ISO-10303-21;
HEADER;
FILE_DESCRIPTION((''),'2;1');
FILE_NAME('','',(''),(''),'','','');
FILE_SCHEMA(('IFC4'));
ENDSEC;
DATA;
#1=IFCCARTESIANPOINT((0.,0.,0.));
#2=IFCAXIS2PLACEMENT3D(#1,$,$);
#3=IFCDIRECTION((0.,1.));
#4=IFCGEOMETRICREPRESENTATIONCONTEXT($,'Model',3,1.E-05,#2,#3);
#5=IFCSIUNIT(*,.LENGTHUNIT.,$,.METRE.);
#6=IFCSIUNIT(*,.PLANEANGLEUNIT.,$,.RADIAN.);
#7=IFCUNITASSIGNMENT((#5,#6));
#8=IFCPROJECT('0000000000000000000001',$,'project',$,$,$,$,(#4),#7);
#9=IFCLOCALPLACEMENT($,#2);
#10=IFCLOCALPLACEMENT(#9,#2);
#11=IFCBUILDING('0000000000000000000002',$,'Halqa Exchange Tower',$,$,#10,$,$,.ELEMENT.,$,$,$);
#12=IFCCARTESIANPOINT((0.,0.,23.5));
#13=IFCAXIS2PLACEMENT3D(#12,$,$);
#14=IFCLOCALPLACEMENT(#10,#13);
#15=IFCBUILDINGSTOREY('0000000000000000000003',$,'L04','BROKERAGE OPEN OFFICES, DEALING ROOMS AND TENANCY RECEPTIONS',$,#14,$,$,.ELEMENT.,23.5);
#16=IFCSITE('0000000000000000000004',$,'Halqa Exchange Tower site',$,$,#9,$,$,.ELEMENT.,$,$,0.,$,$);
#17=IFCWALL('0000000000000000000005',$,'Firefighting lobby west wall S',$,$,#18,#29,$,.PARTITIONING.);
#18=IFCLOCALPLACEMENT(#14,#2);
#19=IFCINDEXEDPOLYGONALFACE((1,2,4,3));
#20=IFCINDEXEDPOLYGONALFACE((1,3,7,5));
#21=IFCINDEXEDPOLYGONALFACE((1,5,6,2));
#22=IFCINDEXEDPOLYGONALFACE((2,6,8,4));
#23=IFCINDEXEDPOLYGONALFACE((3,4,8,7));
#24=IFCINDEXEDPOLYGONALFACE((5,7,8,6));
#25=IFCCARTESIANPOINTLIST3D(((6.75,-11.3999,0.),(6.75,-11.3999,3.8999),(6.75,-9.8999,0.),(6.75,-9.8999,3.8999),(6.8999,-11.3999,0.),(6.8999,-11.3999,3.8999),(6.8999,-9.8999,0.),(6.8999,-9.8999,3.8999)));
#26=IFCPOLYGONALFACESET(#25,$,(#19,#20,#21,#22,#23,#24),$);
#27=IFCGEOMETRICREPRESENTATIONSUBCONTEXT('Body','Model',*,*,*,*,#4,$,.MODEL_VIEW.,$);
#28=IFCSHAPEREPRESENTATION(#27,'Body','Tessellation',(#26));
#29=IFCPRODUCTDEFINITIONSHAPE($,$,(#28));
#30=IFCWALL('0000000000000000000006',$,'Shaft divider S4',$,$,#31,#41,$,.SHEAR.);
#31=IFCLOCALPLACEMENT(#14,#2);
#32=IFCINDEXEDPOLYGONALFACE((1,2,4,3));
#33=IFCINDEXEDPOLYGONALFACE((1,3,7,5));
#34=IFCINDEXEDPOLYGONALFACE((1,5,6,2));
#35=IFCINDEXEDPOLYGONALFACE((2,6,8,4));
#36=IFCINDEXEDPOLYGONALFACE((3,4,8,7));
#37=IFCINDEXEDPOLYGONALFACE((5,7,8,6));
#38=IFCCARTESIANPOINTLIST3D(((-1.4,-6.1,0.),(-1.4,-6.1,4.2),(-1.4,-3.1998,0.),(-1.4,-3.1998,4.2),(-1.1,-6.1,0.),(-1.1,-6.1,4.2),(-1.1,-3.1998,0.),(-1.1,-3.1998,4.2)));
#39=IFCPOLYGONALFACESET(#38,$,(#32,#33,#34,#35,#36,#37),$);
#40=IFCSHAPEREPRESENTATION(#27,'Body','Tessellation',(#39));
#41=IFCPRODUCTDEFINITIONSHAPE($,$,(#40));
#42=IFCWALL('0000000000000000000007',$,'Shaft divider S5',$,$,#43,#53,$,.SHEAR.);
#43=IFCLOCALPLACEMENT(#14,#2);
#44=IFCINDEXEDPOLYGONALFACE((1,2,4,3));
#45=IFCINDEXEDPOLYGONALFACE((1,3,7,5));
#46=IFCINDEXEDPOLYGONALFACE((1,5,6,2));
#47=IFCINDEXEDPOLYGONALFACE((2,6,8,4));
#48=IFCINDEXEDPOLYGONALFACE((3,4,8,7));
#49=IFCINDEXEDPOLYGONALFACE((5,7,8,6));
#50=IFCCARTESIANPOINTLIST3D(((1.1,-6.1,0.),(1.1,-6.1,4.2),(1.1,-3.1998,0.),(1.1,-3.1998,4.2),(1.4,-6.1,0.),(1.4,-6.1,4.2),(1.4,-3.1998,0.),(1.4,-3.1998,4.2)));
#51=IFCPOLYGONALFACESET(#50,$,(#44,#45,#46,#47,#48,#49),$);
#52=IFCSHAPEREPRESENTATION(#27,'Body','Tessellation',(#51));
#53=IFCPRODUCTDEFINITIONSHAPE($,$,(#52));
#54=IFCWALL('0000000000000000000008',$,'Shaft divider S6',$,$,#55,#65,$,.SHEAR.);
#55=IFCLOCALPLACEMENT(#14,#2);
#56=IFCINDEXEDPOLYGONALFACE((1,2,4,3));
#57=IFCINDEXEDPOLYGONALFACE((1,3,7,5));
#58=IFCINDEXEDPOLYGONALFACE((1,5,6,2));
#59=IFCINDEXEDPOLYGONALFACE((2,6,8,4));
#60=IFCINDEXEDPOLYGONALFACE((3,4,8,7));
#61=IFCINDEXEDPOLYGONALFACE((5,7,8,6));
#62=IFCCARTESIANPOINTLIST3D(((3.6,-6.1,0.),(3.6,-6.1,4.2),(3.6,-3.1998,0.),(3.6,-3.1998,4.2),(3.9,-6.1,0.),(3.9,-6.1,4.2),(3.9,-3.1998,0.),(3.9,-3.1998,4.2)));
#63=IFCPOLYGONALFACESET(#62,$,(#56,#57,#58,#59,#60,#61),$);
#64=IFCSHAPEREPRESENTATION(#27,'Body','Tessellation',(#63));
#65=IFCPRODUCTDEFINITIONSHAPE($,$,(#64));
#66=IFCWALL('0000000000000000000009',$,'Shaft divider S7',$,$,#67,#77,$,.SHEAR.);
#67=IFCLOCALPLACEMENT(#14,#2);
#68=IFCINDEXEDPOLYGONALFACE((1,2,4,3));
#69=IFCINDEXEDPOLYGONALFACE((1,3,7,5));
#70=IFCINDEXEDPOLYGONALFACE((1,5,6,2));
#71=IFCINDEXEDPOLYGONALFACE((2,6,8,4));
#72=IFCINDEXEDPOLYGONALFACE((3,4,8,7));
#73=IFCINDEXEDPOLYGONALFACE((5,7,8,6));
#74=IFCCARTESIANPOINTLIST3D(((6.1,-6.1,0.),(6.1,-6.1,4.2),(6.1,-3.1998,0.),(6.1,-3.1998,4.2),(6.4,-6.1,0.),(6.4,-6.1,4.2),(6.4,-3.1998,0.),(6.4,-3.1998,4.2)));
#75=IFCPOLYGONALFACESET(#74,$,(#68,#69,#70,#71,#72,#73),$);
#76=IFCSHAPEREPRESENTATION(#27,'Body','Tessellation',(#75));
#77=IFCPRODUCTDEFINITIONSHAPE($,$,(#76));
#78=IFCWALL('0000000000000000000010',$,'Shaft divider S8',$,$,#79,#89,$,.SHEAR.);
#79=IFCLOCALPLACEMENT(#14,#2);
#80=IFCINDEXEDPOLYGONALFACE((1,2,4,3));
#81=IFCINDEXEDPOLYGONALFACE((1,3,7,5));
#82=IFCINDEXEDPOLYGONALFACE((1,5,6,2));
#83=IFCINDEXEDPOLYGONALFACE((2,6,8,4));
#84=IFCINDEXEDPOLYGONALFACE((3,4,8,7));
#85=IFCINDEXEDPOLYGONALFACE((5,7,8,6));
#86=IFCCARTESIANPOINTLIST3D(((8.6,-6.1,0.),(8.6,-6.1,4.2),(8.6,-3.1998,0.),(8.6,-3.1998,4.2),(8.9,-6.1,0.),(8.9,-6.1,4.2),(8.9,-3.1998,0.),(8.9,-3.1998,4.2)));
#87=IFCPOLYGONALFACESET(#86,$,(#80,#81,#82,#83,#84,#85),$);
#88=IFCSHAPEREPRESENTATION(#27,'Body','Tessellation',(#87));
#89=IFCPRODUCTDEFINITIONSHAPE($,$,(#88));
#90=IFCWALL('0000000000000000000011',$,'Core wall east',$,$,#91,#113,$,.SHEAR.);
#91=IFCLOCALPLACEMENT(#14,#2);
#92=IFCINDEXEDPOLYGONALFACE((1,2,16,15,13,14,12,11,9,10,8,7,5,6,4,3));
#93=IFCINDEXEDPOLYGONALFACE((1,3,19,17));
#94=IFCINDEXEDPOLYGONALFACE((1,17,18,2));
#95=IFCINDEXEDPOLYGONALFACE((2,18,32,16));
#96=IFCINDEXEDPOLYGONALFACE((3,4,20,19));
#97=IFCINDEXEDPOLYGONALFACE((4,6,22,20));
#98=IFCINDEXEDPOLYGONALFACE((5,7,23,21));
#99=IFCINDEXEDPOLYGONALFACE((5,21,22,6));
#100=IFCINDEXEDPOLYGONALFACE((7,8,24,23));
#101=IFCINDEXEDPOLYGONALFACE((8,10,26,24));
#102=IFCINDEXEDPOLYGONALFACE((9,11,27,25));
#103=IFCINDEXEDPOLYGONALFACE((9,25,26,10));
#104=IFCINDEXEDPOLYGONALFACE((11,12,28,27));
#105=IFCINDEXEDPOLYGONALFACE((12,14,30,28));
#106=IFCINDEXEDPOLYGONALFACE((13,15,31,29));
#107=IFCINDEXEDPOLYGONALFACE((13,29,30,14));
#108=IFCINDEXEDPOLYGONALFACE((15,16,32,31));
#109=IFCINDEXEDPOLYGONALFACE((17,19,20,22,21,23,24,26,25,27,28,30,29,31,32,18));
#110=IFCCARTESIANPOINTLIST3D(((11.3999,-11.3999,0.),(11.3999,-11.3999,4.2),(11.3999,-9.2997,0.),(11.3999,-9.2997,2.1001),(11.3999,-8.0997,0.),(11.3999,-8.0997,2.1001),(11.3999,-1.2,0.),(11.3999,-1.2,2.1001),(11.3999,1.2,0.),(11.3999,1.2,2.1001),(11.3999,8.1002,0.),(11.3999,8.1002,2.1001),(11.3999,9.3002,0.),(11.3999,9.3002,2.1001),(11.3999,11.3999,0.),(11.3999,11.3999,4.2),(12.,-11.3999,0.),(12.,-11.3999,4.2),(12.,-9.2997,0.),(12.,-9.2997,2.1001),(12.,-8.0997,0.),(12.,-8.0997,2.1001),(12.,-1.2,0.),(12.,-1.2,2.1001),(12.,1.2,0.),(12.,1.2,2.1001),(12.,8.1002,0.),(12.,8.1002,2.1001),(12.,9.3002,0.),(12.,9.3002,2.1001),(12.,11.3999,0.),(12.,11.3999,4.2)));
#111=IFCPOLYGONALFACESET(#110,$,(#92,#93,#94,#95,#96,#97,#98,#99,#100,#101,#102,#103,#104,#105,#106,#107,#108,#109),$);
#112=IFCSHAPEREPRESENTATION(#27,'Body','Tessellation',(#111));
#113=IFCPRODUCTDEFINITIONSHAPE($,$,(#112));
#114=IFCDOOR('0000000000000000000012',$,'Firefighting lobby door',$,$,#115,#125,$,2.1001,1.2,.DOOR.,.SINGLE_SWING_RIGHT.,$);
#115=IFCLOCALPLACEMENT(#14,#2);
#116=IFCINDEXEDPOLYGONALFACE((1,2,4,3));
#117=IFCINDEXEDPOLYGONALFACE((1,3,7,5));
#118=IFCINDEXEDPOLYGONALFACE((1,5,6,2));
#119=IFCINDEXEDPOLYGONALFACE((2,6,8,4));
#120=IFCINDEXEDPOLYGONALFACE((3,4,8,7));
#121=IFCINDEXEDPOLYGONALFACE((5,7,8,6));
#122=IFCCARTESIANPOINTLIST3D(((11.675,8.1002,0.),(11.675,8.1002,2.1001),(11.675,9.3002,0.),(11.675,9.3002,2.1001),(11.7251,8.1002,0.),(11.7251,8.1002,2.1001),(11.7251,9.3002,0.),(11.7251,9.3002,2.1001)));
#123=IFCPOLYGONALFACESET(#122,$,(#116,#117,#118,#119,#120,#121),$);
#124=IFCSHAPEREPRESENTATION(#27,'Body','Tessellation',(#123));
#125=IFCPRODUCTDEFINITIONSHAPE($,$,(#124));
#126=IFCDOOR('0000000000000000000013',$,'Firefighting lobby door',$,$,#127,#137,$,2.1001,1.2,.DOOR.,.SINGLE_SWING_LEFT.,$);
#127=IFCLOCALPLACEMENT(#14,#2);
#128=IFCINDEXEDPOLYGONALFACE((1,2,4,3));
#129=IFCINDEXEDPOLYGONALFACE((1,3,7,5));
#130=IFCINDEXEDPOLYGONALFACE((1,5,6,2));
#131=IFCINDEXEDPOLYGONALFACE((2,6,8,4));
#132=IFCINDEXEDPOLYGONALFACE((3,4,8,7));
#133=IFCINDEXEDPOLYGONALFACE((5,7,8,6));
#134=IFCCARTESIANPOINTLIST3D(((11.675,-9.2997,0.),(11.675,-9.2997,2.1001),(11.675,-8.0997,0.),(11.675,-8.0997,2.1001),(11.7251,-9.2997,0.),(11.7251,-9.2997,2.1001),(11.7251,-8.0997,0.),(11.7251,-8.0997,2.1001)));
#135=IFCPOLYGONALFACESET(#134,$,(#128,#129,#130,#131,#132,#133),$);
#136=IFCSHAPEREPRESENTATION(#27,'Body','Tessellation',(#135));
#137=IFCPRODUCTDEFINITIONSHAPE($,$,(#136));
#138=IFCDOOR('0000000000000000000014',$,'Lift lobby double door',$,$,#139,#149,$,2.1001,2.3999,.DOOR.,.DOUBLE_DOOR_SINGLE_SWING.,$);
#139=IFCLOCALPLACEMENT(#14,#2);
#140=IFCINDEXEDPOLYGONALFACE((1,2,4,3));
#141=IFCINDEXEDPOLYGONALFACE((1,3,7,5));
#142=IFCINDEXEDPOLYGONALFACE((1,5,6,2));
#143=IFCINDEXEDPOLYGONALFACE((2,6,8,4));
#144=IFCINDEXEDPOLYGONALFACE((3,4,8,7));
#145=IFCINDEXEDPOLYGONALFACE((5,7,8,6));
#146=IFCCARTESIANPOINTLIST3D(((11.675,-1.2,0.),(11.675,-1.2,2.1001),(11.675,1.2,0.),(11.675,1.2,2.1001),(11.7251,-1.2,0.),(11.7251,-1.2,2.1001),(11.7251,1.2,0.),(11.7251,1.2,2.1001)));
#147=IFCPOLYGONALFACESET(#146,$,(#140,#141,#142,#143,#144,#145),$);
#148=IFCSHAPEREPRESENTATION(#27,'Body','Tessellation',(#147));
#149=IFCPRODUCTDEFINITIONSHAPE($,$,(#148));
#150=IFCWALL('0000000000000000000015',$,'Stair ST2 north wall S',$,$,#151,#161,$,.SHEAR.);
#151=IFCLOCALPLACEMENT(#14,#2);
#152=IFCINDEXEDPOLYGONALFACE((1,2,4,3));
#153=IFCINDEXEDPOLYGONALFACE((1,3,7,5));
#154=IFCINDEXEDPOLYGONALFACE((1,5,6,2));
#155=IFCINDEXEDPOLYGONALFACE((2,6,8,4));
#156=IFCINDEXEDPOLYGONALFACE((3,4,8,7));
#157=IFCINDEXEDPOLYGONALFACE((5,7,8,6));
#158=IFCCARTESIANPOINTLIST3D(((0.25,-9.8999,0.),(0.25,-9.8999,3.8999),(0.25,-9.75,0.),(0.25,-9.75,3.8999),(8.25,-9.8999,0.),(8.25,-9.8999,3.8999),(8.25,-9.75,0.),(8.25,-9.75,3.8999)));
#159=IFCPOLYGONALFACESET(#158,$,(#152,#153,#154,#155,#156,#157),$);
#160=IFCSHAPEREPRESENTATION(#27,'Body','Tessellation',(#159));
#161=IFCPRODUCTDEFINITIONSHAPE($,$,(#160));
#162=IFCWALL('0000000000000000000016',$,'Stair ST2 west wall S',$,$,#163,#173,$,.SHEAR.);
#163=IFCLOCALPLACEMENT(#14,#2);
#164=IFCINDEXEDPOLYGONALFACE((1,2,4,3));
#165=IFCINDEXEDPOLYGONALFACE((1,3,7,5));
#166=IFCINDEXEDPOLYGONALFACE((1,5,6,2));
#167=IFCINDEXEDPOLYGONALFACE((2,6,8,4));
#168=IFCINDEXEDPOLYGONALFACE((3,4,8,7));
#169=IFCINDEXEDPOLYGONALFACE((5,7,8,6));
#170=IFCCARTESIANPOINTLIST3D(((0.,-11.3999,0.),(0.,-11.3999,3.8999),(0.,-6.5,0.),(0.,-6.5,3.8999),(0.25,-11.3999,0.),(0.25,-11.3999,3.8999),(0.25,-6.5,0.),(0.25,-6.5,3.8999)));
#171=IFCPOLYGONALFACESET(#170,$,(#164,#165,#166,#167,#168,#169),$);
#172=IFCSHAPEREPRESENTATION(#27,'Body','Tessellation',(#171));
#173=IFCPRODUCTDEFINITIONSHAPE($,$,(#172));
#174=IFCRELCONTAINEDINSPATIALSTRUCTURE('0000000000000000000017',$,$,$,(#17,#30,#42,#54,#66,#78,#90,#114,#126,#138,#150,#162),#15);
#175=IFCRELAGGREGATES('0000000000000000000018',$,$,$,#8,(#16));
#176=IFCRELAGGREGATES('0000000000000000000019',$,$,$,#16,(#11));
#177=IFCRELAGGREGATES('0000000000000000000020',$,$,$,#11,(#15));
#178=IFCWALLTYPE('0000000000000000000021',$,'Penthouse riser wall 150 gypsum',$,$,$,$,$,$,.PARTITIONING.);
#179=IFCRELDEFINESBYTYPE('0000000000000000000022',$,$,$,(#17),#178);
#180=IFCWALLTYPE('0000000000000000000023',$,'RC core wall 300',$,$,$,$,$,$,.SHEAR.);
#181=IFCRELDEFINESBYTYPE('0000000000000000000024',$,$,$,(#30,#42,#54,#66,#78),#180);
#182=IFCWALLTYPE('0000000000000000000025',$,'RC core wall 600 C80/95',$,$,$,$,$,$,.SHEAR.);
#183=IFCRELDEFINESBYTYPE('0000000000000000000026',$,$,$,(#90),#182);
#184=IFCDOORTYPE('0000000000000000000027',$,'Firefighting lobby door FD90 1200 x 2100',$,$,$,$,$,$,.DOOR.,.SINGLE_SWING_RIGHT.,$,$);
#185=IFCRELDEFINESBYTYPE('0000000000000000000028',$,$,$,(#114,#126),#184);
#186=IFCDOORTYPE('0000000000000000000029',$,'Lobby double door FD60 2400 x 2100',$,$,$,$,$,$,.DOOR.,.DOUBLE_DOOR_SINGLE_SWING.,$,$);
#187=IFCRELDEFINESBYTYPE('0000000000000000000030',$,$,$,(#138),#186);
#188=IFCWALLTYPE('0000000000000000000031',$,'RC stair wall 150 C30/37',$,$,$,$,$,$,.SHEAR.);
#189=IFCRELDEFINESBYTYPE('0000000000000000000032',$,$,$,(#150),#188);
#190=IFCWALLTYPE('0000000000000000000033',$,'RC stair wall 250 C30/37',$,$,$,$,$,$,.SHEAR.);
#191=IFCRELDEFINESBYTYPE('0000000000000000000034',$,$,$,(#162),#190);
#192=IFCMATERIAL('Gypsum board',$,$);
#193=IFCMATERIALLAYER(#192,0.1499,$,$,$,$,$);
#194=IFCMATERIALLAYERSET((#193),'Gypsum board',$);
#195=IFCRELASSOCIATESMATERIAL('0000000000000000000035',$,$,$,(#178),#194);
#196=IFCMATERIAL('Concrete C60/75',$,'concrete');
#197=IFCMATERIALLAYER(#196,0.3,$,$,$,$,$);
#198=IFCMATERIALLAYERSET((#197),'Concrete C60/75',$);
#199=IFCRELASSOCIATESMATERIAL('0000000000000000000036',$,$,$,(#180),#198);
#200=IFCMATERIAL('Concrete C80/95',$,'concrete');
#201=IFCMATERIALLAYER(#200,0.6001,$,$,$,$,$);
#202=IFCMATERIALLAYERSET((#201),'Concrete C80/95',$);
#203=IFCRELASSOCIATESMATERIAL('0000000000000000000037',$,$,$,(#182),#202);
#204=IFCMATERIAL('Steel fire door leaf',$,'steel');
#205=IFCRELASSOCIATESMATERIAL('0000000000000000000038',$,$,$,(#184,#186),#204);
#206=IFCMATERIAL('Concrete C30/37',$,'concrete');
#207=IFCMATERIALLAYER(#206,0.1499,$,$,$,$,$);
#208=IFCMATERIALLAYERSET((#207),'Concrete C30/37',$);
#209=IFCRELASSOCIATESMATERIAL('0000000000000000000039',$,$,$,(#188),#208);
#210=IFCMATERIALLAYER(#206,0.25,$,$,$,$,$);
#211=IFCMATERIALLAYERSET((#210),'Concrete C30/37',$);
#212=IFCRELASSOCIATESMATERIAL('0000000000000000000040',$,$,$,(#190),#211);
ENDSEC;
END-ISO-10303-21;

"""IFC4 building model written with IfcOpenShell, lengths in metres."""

from ifc_helpers import new_model, si_unit, direction, frame, frame_2d, origin, place, context, subcontext, project, spatial, rectangle, extrude, material, layer, layer_set, type_object, element, fill, save


model = new_model("IFC4")

# Units and contexts
model_context = context("Model", 3, precision=1e-05, world=origin(), true_north=direction((0.0, 1.0)))
body_context = subcontext(model_context, "Body", "Model", "MODEL_VIEW")
ifc_project = project(units=[si_unit("LENGTHUNIT", "METRE"), si_unit("PLANEANGLEUNIT", "RADIAN")], contexts=[model_context])

# Site, building, storey
site_placement = place(None, origin())
site = spatial("IfcSite", under=ifc_project, at=site_placement, Name="Halqa Exchange Tower site", CompositionType="ELEMENT", RefElevation=0.0)
building_placement = place(site_placement, origin())
building = spatial("IfcBuilding", under=site, at=building_placement, Name="Halqa Exchange Tower", CompositionType="ELEMENT")
storey_placement = place(building_placement, frame((0.0, 0.0, 23.5)))
storey = spatial("IfcBuildingStorey", under=building, at=storey_placement, Name="L04", Description="BROKERAGE OPEN OFFICES, DEALING ROOMS AND TENANCY RECEPTIONS", CompositionType="ELEMENT", Elevation=23.5)

# Walls
ifc_material_1 = material(Name="Gypsum board")
ifc_layer_1 = layer(ifc_material_1, 0.1499)
ifc_layer_set_1 = layer_set([ifc_layer_1], Name="Gypsum board")
wall_type_1 = type_object("IfcWallType", Name="Penthouse riser wall 150 gypsum", PredefinedType="PARTITIONING", material=ifc_layer_set_1)
wall_1_placement = place(storey_placement, frame((6.825, -11.3999, 0.0), z_axis=(0.0, 0.0, 1.0), x_axis=(0.0, 1.0, 0.0)))
element("IfcWall", 1, at=wall_1_placement, inside=storey, type_object=wall_type_1, Name="Firefighting lobby west wall S", PredefinedType="PARTITIONING", context=body_context, shape_type="SweptSolid", body=[
    extrude(rectangle(XDim=1.5, YDim=0.1499, at=frame_2d((0.75, 0.0))), origin(), (0.0, 0.0, 1.0), 3.8999),
])
ifc_material_2 = material(Name="Concrete C60/75", Category="concrete")
ifc_layer_2 = layer(ifc_material_2, 0.3)
ifc_layer_set_2 = layer_set([ifc_layer_2], Name="Concrete C60/75")
wall_type_2 = type_object("IfcWallType", Name="RC core wall 300", PredefinedType="SHEAR", material=ifc_layer_set_2)
for number, where, z_axis, x_axis, name in (
    (2, (-1.25, -6.1001, 0.0), (0.0, 0.0, 1.0), (0.0, 1.0, 0.0), "Shaft divider S4"),
    (3, (1.25, -6.1001, 0.0), (0.0, 0.0, 1.0), (0.0, 1.0, 0.0), "Shaft divider S5"),
    (4, (3.75, -6.1001, 0.0), (0.0, 0.0, 1.0), (0.0, 1.0, 0.0), "Shaft divider S6"),
    (5, (6.25, -6.1001, 0.0), (0.0, 0.0, 1.0), (0.0, 1.0, 0.0), "Shaft divider S7"),
    (6, (8.75, -6.1001, 0.0), (0.0, 0.0, 1.0), (0.0, 1.0, 0.0), "Shaft divider S8"),
):
    element("IfcWall", number, at=place(storey_placement, frame(where, z_axis=z_axis, x_axis=x_axis)), inside=storey, type_object=wall_type_2, Name=name, PredefinedType="SHEAR", context=body_context, shape_type="SweptSolid", body=[
        extrude(rectangle(XDim=2.9001, YDim=0.3, at=frame_2d((1.4502, 0.0))), origin(), (0.0, 0.0, 1.0), 4.2),
    ])

# Wall, openings, doors
ifc_material_3 = material(Name="Concrete C80/95", Category="concrete")
ifc_layer_3 = layer(ifc_material_3, 0.6001)
ifc_layer_set_3 = layer_set([ifc_layer_3], Name="Concrete C80/95")
wall_type_3 = type_object("IfcWallType", Name="RC core wall 600 C80/95", PredefinedType="SHEAR", material=ifc_layer_set_3)
wall_2_placement = place(storey_placement, frame((11.7, -11.3999, 0.0), z_axis=(0.0, 0.0, 1.0), x_axis=(0.0, 1.0, 0.0)))
wall_2 = element("IfcWall", 7, at=wall_2_placement, inside=storey, type_object=wall_type_3, Name="Core wall east", PredefinedType="SHEAR", context=body_context, shape_type="SweptSolid", body=[
    extrude(rectangle(XDim=22.7998, YDim=0.6001, at=frame_2d((11.3999, 0.0))), origin(), (0.0, 0.0, 1.0), 4.2),
])
opening_1_placement = place(wall_2_placement, frame((10.2, 0.0, 0.0)))
opening_1 = element("IfcOpeningElement", 8, at=opening_1_placement, cuts=wall_2, PredefinedType="OPENING", context=body_context, shape_type="SweptSolid", body=[
    extrude(rectangle(XDim=2.3999, YDim=2.1001, at=frame_2d((1.2, 1.05))), frame((0.0, 0.312, 0.0), z_axis=(0.0, -1.0, 0.0), x_axis=(1.0, 0.0, 0.0)), (0.0, 0.0, 1.0), 0.624),
])
opening_2_placement = place(wall_2_placement, frame((19.5, 0.0, 0.0)))
opening_2 = element("IfcOpeningElement", 9, at=opening_2_placement, cuts=wall_2, PredefinedType="OPENING", context=body_context, shape_type="SweptSolid", body=[
    extrude(rectangle(XDim=1.2, YDim=2.1001, at=frame_2d((0.6001, 1.05))), frame((0.0, 0.312, 0.0), z_axis=(0.0, -1.0, 0.0), x_axis=(1.0, 0.0, 0.0)), (0.0, 0.0, 1.0), 0.624),
])
opening_3_placement = place(wall_2_placement, frame((2.1001, 0.0, 0.0)))
opening_3 = element("IfcOpeningElement", 10, at=opening_3_placement, cuts=wall_2, PredefinedType="OPENING", context=body_context, shape_type="SweptSolid", body=[
    extrude(rectangle(XDim=1.2, YDim=2.1001, at=frame_2d((0.6001, 1.05))), frame((0.0, 0.312, 0.0), z_axis=(0.0, -1.0, 0.0), x_axis=(1.0, 0.0, 0.0)), (0.0, 0.0, 1.0), 0.624),
])
ifc_material_4 = material(Name="Steel fire door leaf", Category="steel")
door_type_1 = type_object("IfcDoorType", Name="Firefighting lobby door FD90 1200 x 2100", OperationType="SINGLE_SWING_RIGHT", PredefinedType="DOOR", material=ifc_material_4)
door_1_placement = place(opening_2_placement, origin())
door_1 = element("IfcDoor", 11, at=door_1_placement, inside=storey, type_object=door_type_1, Name="Firefighting lobby door", OperationType="SINGLE_SWING_RIGHT", OverallHeight=2.1001, OverallWidth=1.2, PredefinedType="DOOR", context=body_context, shape_type="SweptSolid", body=[
    extrude(rectangle(XDim=1.2, YDim=2.1001, at=frame_2d((0.6001, 1.05))), frame((0.0, 0.0249, 0.0), z_axis=(0.0, -1.0, 0.0), x_axis=(1.0, 0.0, 0.0)), (0.0, 0.0, 1.0), 0.05),
])
fill(opening_2, door_1)
door_2_placement = place(opening_3_placement, origin())
door_2 = element("IfcDoor", 12, at=door_2_placement, inside=storey, type_object=door_type_1, Name="Firefighting lobby door", OperationType="SINGLE_SWING_LEFT", OverallHeight=2.1001, OverallWidth=1.2, PredefinedType="DOOR", context=body_context, shape_type="SweptSolid", body=[
    extrude(rectangle(XDim=1.2, YDim=2.1001, at=frame_2d((0.6001, 1.05))), frame((0.0, 0.0249, 0.0), z_axis=(0.0, -1.0, 0.0), x_axis=(1.0, 0.0, 0.0)), (0.0, 0.0, 1.0), 0.05),
])
fill(opening_3, door_2)
door_type_2 = type_object("IfcDoorType", Name="Lobby double door FD60 2400 x 2100", OperationType="DOUBLE_DOOR_SINGLE_SWING", PredefinedType="DOOR", material=ifc_material_4)
door_3_placement = place(opening_1_placement, origin())
door_3 = element("IfcDoor", 13, at=door_3_placement, inside=storey, type_object=door_type_2, Name="Lift lobby double door", OperationType="DOUBLE_DOOR_SINGLE_SWING", OverallHeight=2.1001, OverallWidth=2.3999, PredefinedType="DOOR", context=body_context, shape_type="SweptSolid", body=[
    extrude(rectangle(XDim=2.3999, YDim=2.1001, at=frame_2d((1.2, 1.05))), frame((0.0, 0.0249, 0.0), z_axis=(0.0, -1.0, 0.0), x_axis=(1.0, 0.0, 0.0)), (0.0, 0.0, 1.0), 0.05),
])
fill(opening_1, door_3)

# Walls
ifc_material_5 = material(Name="Concrete C30/37", Category="concrete")
ifc_layer_4 = layer(ifc_material_5, 0.1499)
ifc_layer_set_4 = layer_set([ifc_layer_4], Name="Concrete C30/37")
wall_type_4 = type_object("IfcWallType", Name="RC stair wall 150 C30/37", PredefinedType="SHEAR", material=ifc_layer_set_4)
wall_3_placement = place(storey_placement, frame((0.25, -9.825, 0.0), z_axis=(0.0, 0.0, 1.0), x_axis=(1.0, 0.0, 0.0)))
element("IfcWall", 14, at=wall_3_placement, inside=storey, type_object=wall_type_4, Name="Stair ST2 north wall S", PredefinedType="SHEAR", context=body_context, shape_type="SweptSolid", body=[
    extrude(rectangle(XDim=8.0, YDim=0.1499, at=frame_2d((4.0, 0.0))), origin(), (0.0, 0.0, 1.0), 3.8999),
])
ifc_layer_5 = layer(ifc_material_5, 0.25)
ifc_layer_set_5 = layer_set([ifc_layer_5], Name="Concrete C30/37")
wall_type_5 = type_object("IfcWallType", Name="RC stair wall 250 C30/37", PredefinedType="SHEAR", material=ifc_layer_set_5)
wall_4_placement = place(storey_placement, frame((0.125, -11.3999, 0.0), z_axis=(0.0, 0.0, 1.0), x_axis=(0.0, 1.0, 0.0)))
element("IfcWall", 15, at=wall_4_placement, inside=storey, type_object=wall_type_5, Name="Stair ST2 west wall S", PredefinedType="SHEAR", context=body_context, shape_type="SweptSolid", body=[
    extrude(rectangle(XDim=4.8999, YDim=0.25, at=frame_2d((2.45, 0.0))), origin(), (0.0, 0.0, 1.0), 3.8999),
])

save(model, "model.ifc")
